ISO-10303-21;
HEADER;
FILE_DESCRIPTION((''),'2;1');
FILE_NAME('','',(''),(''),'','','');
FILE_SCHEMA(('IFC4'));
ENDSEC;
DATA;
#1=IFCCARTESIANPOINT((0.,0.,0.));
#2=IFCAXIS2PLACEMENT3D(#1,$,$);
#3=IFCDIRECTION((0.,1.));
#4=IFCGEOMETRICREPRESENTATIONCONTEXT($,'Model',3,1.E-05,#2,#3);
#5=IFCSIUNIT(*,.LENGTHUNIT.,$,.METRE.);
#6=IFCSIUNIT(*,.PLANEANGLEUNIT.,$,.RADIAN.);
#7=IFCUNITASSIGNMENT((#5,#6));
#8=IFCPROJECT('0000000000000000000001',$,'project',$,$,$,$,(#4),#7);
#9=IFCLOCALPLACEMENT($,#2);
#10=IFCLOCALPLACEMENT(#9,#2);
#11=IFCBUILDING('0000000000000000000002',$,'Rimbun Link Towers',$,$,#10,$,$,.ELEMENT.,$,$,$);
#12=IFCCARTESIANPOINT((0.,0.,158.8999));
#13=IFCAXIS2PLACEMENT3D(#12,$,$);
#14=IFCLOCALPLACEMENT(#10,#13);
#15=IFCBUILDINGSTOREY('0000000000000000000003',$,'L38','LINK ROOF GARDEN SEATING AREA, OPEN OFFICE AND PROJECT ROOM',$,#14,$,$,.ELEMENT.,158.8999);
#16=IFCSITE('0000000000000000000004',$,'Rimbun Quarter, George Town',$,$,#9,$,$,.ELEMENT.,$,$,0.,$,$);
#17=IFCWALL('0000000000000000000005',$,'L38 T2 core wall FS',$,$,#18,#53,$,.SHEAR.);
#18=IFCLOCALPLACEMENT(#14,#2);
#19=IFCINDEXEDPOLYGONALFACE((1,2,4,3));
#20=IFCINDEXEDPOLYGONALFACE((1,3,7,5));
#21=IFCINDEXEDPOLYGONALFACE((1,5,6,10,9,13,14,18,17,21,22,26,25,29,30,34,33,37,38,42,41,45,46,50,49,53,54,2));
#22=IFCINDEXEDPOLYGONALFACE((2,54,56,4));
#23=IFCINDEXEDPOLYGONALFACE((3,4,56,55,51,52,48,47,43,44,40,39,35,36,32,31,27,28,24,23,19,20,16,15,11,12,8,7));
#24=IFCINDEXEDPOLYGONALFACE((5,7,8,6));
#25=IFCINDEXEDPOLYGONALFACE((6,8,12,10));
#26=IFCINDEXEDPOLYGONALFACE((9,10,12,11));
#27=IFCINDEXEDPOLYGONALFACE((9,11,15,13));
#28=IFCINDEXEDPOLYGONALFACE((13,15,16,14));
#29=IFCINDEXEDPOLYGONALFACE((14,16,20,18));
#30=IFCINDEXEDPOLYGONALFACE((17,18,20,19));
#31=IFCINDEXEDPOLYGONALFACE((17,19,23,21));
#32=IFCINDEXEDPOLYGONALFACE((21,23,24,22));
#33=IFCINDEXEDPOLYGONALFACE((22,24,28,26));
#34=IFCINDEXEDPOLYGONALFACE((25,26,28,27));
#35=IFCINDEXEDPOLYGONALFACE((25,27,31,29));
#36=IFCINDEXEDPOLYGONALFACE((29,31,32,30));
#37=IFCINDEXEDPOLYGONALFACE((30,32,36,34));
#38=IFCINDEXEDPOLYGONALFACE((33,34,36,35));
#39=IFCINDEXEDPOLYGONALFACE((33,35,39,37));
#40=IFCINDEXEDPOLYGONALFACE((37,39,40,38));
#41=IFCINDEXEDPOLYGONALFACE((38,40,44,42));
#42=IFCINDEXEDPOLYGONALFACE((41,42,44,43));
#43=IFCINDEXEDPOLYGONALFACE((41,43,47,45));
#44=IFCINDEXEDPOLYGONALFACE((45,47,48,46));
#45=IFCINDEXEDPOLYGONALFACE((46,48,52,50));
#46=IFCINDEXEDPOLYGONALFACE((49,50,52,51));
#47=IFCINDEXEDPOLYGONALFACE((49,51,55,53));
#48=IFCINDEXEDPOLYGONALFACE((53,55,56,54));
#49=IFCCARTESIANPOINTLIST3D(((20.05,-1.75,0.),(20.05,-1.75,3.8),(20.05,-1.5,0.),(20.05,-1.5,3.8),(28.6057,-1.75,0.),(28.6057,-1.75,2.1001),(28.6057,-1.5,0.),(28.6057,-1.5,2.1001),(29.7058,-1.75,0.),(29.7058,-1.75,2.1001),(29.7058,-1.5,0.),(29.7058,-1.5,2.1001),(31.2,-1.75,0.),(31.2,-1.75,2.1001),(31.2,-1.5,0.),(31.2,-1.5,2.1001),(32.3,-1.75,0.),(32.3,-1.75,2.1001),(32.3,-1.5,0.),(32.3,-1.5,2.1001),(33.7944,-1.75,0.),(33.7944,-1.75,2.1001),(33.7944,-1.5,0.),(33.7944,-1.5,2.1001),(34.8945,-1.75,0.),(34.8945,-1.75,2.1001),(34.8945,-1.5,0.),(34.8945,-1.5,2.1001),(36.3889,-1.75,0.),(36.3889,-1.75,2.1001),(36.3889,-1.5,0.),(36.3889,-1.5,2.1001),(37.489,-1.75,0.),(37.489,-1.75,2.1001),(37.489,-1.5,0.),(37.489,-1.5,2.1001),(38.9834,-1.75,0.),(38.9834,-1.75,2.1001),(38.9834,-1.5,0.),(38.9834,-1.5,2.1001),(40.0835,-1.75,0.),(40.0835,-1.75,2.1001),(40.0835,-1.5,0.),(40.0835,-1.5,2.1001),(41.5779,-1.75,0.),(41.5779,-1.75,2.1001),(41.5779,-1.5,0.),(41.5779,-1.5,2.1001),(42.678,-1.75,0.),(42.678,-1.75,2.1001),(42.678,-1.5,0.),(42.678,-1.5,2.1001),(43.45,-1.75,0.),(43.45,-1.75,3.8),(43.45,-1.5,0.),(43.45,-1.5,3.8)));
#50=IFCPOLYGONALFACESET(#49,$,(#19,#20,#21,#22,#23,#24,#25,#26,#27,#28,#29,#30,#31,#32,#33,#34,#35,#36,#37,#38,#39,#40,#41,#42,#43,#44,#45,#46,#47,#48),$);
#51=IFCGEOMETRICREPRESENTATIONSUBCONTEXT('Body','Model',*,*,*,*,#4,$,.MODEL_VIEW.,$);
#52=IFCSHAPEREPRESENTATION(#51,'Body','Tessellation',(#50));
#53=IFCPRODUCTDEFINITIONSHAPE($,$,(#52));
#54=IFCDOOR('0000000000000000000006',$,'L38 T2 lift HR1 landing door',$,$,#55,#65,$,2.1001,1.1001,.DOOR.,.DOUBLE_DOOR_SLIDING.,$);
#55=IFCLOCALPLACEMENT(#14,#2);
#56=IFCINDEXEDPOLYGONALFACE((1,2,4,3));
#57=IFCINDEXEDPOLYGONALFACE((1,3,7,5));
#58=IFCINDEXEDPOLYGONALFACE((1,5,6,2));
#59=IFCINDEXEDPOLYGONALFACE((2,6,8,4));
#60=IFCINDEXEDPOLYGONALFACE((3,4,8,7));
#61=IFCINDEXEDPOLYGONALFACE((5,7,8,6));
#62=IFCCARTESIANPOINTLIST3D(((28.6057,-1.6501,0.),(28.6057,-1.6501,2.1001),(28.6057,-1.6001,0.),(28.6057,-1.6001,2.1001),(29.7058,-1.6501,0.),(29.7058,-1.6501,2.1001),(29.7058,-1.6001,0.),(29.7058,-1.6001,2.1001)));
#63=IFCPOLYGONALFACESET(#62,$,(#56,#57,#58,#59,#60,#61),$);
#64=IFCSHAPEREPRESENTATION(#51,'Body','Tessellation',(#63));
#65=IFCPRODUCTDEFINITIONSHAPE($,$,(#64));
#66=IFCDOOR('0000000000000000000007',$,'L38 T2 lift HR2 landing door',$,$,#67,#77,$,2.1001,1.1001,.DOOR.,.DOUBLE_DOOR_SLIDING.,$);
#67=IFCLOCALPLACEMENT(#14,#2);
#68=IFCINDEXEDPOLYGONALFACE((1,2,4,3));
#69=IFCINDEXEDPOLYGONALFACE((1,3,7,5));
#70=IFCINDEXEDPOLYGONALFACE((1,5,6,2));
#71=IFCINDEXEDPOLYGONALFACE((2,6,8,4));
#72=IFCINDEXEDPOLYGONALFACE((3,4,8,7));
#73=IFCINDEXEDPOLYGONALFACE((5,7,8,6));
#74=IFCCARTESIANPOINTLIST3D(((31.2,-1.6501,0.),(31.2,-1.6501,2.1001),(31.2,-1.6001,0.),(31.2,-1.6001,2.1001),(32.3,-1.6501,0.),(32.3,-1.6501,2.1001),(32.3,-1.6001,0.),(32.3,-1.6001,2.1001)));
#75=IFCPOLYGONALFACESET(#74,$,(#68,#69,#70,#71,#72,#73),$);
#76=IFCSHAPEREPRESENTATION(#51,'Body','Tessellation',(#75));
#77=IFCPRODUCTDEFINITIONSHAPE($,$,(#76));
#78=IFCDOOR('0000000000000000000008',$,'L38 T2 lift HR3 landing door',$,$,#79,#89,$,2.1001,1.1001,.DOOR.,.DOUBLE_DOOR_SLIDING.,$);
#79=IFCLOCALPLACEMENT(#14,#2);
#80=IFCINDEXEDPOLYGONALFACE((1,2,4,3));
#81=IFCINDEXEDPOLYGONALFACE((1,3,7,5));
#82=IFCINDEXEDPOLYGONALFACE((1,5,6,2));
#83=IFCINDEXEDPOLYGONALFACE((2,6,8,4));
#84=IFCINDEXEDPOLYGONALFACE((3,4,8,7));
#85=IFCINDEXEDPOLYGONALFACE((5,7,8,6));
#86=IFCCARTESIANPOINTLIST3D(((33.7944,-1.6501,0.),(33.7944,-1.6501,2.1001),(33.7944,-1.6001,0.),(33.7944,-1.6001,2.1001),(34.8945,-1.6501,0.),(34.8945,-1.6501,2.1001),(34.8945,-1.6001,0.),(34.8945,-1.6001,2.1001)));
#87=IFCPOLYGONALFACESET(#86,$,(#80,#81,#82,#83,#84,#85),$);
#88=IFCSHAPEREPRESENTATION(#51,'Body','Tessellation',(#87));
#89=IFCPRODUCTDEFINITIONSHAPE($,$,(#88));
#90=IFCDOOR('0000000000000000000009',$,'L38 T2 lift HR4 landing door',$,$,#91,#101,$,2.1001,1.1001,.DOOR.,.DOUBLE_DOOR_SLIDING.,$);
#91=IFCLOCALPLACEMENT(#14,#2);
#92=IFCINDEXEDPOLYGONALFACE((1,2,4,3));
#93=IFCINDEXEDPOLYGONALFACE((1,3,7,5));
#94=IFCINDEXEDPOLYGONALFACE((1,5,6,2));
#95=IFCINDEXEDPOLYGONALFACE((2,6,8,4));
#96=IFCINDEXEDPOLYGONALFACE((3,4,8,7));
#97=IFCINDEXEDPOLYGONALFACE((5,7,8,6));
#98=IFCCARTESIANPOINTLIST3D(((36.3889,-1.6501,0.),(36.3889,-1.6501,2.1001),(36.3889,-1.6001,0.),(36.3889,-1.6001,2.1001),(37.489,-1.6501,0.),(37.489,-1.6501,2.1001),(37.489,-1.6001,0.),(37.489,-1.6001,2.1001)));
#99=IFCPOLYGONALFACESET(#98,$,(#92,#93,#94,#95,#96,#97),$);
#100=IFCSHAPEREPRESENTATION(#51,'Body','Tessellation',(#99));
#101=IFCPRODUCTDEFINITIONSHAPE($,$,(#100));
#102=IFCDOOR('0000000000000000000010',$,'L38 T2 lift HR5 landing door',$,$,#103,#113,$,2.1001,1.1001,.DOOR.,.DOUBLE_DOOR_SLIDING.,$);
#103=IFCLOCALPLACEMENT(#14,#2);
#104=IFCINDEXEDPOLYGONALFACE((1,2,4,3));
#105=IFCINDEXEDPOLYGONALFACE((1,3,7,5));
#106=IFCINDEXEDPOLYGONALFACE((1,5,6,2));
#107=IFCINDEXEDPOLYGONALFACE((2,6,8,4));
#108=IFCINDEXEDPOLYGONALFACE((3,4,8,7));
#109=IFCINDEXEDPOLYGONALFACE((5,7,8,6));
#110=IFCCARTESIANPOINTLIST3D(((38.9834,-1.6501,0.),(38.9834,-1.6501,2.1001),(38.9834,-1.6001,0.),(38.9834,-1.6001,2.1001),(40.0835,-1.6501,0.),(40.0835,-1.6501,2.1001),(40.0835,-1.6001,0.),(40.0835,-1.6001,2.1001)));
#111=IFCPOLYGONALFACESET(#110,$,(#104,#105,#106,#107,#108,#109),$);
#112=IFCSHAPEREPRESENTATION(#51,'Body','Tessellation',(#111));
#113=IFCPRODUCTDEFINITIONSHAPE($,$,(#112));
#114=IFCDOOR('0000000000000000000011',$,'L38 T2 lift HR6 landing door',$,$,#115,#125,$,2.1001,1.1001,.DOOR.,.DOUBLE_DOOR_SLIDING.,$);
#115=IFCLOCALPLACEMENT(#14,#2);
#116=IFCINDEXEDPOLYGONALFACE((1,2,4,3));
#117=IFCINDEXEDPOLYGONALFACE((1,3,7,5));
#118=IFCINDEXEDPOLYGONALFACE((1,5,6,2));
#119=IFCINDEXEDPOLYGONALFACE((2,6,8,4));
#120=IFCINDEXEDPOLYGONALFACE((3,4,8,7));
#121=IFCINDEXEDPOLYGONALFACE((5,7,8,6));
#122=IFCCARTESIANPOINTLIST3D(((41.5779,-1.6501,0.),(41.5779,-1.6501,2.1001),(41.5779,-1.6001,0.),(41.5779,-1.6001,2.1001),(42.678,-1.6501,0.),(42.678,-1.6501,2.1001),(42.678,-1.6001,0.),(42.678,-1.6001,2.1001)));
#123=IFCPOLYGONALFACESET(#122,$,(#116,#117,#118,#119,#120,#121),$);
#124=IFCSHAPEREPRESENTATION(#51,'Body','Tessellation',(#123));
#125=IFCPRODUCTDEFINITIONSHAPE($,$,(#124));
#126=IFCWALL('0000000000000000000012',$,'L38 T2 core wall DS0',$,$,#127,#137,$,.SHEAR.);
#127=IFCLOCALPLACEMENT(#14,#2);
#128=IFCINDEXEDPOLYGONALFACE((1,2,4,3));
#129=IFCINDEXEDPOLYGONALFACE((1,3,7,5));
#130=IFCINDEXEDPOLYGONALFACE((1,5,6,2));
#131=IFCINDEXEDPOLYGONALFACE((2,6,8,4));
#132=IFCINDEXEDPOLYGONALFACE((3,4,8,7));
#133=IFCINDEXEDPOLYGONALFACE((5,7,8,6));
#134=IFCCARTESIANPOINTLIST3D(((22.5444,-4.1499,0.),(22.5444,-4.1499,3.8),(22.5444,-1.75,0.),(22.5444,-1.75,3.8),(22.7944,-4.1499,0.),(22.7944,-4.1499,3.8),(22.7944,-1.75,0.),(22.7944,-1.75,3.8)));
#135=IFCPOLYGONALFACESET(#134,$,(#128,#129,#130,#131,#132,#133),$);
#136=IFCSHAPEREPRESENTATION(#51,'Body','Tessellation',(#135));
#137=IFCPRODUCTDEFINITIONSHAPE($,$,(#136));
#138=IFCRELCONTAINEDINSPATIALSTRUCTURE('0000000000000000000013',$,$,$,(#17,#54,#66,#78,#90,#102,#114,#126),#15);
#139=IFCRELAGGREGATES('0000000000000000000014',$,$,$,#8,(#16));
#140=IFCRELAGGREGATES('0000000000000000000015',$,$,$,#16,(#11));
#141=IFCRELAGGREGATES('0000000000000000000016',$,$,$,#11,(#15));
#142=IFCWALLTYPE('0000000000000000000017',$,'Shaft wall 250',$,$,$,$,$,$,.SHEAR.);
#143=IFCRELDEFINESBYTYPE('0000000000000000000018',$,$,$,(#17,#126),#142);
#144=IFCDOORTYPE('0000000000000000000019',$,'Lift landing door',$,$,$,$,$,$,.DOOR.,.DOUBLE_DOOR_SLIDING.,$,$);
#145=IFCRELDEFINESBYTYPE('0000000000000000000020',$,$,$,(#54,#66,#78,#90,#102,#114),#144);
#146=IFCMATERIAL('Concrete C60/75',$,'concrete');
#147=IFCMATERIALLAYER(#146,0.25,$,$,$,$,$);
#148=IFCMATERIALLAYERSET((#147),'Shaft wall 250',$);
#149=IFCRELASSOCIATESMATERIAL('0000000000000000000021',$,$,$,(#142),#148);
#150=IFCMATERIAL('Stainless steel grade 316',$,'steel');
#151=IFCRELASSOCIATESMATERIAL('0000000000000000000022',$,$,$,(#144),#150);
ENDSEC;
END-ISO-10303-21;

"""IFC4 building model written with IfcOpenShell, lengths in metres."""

from ifc_helpers import new_model, si_unit, direction, frame, frame_2d, origin, place, context, subcontext, project, spatial, rectangle, extrude, material, layer, layer_set, type_object, element, fill, save


model = new_model("IFC4")

# Units and contexts
model_context = context("Model", 3, precision=1e-05, world=origin(), true_north=direction((0.0, 1.0)))
body_context = subcontext(model_context, "Body", "Model", "MODEL_VIEW")
ifc_project = project(units=[si_unit("LENGTHUNIT", "METRE"), si_unit("PLANEANGLEUNIT", "RADIAN")], contexts=[model_context])

# Site, building, storey
site_placement = place(None, origin())
site = spatial("IfcSite", under=ifc_project, at=site_placement, Name="Rimbun Quarter, George Town", CompositionType="ELEMENT", RefElevation=0.0)
building_placement = place(site_placement, origin())
building = spatial("IfcBuilding", under=site, at=building_placement, Name="Rimbun Link Towers", CompositionType="ELEMENT")
storey_placement = place(building_placement, frame((0.0, 0.0, 158.8999)))
storey = spatial("IfcBuildingStorey", under=building, at=storey_placement, Name="L38", Description="LINK ROOF GARDEN SEATING AREA, OPEN OFFICE AND PROJECT ROOM", CompositionType="ELEMENT", Elevation=158.8999)

# Shared definitions
ifc_material_1 = material(Name="Concrete C60/75", Category="concrete")
ifc_layer_1 = layer(ifc_material_1, 0.25)
ifc_layer_set_1 = layer_set([ifc_layer_1], Name="Shaft wall 250")
wall_type_1 = type_object("IfcWallType", Name="Shaft wall 250", PredefinedType="SHEAR", material=ifc_layer_set_1)

# Wall, openings, doors
wall_1_placement = place(storey_placement, frame((20.05, -1.625, 0.0), z_axis=(0.0, 0.0, 1.0), x_axis=(1.0, 0.0, 0.0)))
wall_1 = element("IfcWall", 1, at=wall_1_placement, inside=storey, type_object=wall_type_1, Name="L38 T2 core wall FS", PredefinedType="SHEAR", context=body_context, shape_type="SweptSolid", body=[
    extrude(rectangle(XDim=23.3999, YDim=0.25, at=frame_2d((11.7, 0.0))), origin(), (0.0, 0.0, 1.0), 3.8),
])
opening_1_placement = place(wall_1_placement, frame((8.5557, 0.0, 0.0)))
opening_1 = element("IfcOpeningElement", 2, at=opening_1_placement, cuts=wall_1, PredefinedType="OPENING", context=body_context, shape_type="SweptSolid", body=[
    extrude(rectangle(XDim=1.1001, YDim=2.1001, at=frame_2d((0.55, 1.05))), frame((0.0, 0.135, 0.0), z_axis=(0.0, -1.0, 0.0), x_axis=(1.0, 0.0, 0.0)), (0.0, 0.0, 1.0), 0.27),
])
opening_2_placement = place(wall_1_placement, frame((11.1499, 0.0, 0.0)))
opening_2 = element("IfcOpeningElement", 3, at=opening_2_placement, cuts=wall_1, PredefinedType="OPENING", context=body_context, shape_type="SweptSolid", body=[
    extrude(rectangle(XDim=1.1001, YDim=2.1001, at=frame_2d((0.55, 1.05))), frame((0.0, 0.135, 0.0), z_axis=(0.0, -1.0, 0.0), x_axis=(1.0, 0.0, 0.0)), (0.0, 0.0, 1.0), 0.27),
])
opening_3_placement = place(wall_1_placement, frame((13.7444, 0.0, 0.0)))
opening_3 = element("IfcOpeningElement", 4, at=opening_3_placement, cuts=wall_1, PredefinedType="OPENING", context=body_context, shape_type="SweptSolid", body=[
    extrude(rectangle(XDim=1.1001, YDim=2.1001, at=frame_2d((0.55, 1.05))), frame((0.0, 0.135, 0.0), z_axis=(0.0, -1.0, 0.0), x_axis=(1.0, 0.0, 0.0)), (0.0, 0.0, 1.0), 0.27),
])
opening_4_placement = place(wall_1_placement, frame((16.3389, 0.0, 0.0)))
opening_4 = element("IfcOpeningElement", 5, at=opening_4_placement, cuts=wall_1, PredefinedType="OPENING", context=body_context, shape_type="SweptSolid", body=[
    extrude(rectangle(XDim=1.1001, YDim=2.1001, at=frame_2d((0.55, 1.05))), frame((0.0, 0.135, 0.0), z_axis=(0.0, -1.0, 0.0), x_axis=(1.0, 0.0, 0.0)), (0.0, 0.0, 1.0), 0.27),
])
opening_5_placement = place(wall_1_placement, frame((18.9333, 0.0, 0.0)))
opening_5 = element("IfcOpeningElement", 6, at=opening_5_placement, cuts=wall_1, PredefinedType="OPENING", context=body_context, shape_type="SweptSolid", body=[
    extrude(rectangle(XDim=1.1001, YDim=2.1001, at=frame_2d((0.55, 1.05))), frame((0.0, 0.135, 0.0), z_axis=(0.0, -1.0, 0.0), x_axis=(1.0, 0.0, 0.0)), (0.0, 0.0, 1.0), 0.27),
])
opening_6_placement = place(wall_1_placement, frame((21.5278, 0.0, 0.0)))
opening_6 = element("IfcOpeningElement", 7, at=opening_6_placement, cuts=wall_1, PredefinedType="OPENING", context=body_context, shape_type="SweptSolid", body=[
    extrude(rectangle(XDim=1.1001, YDim=2.1001, at=frame_2d((0.55, 1.05))), frame((0.0, 0.135, 0.0), z_axis=(0.0, -1.0, 0.0), x_axis=(1.0, 0.0, 0.0)), (0.0, 0.0, 1.0), 0.27),
])
ifc_material_2 = material(Name="Stainless steel grade 316", Category="steel")
door_type_1 = type_object("IfcDoorType", Name="Lift landing door", OperationType="DOUBLE_DOOR_SLIDING", PredefinedType="DOOR", material=ifc_material_2)
door_1_placement = place(opening_1_placement, origin())
door_1 = element("IfcDoor", 8, at=door_1_placement, inside=storey, type_object=door_type_1, Name="L38 T2 lift HR1 landing door", OperationType="DOUBLE_DOOR_SLIDING", OverallHeight=2.1001, OverallWidth=1.1001, PredefinedType="DOOR", context=body_context, shape_type="SweptSolid", body=[
    extrude(rectangle(XDim=1.1001, YDim=2.1001, at=frame_2d((0.55, 1.05))), frame((0.0, 0.0249, 0.0), z_axis=(0.0, -1.0, 0.0), x_axis=(1.0, 0.0, 0.0)), (0.0, 0.0, 1.0), 0.05),
])
fill(opening_1, door_1)
door_2_placement = place(opening_2_placement, origin())
door_2 = element("IfcDoor", 9, at=door_2_placement, inside=storey, type_object=door_type_1, Name="L38 T2 lift HR2 landing door", OperationType="DOUBLE_DOOR_SLIDING", OverallHeight=2.1001, OverallWidth=1.1001, PredefinedType="DOOR", context=body_context, shape_type="SweptSolid", body=[
    extrude(rectangle(XDim=1.1001, YDim=2.1001, at=frame_2d((0.55, 1.05))), frame((0.0, 0.0249, 0.0), z_axis=(0.0, -1.0, 0.0), x_axis=(1.0, 0.0, 0.0)), (0.0, 0.0, 1.0), 0.05),
])
fill(opening_2, door_2)
door_3_placement = place(opening_3_placement, origin())
door_3 = element("IfcDoor", 10, at=door_3_placement, inside=storey, type_object=door_type_1, Name="L38 T2 lift HR3 landing door", OperationType="DOUBLE_DOOR_SLIDING", OverallHeight=2.1001, OverallWidth=1.1001, PredefinedType="DOOR", context=body_context, shape_type="SweptSolid", body=[
    extrude(rectangle(XDim=1.1001, YDim=2.1001, at=frame_2d((0.55, 1.05))), frame((0.0, 0.0249, 0.0), z_axis=(0.0, -1.0, 0.0), x_axis=(1.0, 0.0, 0.0)), (0.0, 0.0, 1.0), 0.05),
])
fill(opening_3, door_3)
door_4_placement = place(opening_4_placement, origin())
door_4 = element("IfcDoor", 11, at=door_4_placement, inside=storey, type_object=door_type_1, Name="L38 T2 lift HR4 landing door", OperationType="DOUBLE_DOOR_SLIDING", OverallHeight=2.1001, OverallWidth=1.1001, PredefinedType="DOOR", context=body_context, shape_type="SweptSolid", body=[
    extrude(rectangle(XDim=1.1001, YDim=2.1001, at=frame_2d((0.55, 1.05))), frame((0.0, 0.0249, 0.0), z_axis=(0.0, -1.0, 0.0), x_axis=(1.0, 0.0, 0.0)), (0.0, 0.0, 1.0), 0.05),
])
fill(opening_4, door_4)
door_5_placement = place(opening_5_placement, origin())
door_5 = element("IfcDoor", 12, at=door_5_placement, inside=storey, type_object=door_type_1, Name="L38 T2 lift HR5 landing door", OperationType="DOUBLE_DOOR_SLIDING", OverallHeight=2.1001, OverallWidth=1.1001, PredefinedType="DOOR", context=body_context, shape_type="SweptSolid", body=[
    extrude(rectangle(XDim=1.1001, YDim=2.1001, at=frame_2d((0.55, 1.05))), frame((0.0, 0.0249, 0.0), z_axis=(0.0, -1.0, 0.0), x_axis=(1.0, 0.0, 0.0)), (0.0, 0.0, 1.0), 0.05),
])
fill(opening_5, door_5)
door_6_placement = place(opening_6_placement, origin())
door_6 = element("IfcDoor", 13, at=door_6_placement, inside=storey, type_object=door_type_1, Name="L38 T2 lift HR6 landing door", OperationType="DOUBLE_DOOR_SLIDING", OverallHeight=2.1001, OverallWidth=1.1001, PredefinedType="DOOR", context=body_context, shape_type="SweptSolid", body=[
    extrude(rectangle(XDim=1.1001, YDim=2.1001, at=frame_2d((0.55, 1.05))), frame((0.0, 0.0249, 0.0), z_axis=(0.0, -1.0, 0.0), x_axis=(1.0, 0.0, 0.0)), (0.0, 0.0, 1.0), 0.05),
])
fill(opening_6, door_6)

# Wall
wall_2_placement = place(storey_placement, frame((22.6694, -4.1499, 0.0), z_axis=(0.0, 0.0, 1.0), x_axis=(0.0, 1.0, 0.0)))
element("IfcWall", 14, at=wall_2_placement, inside=storey, type_object=wall_type_1, Name="L38 T2 core wall DS0", PredefinedType="SHEAR", context=body_context, shape_type="SweptSolid", body=[
    extrude(rectangle(XDim=2.3999, YDim=0.25, at=frame_2d((1.2, 0.0))), origin(), (0.0, 0.0, 1.0), 3.8),
])

save(model, "model.ifc")
